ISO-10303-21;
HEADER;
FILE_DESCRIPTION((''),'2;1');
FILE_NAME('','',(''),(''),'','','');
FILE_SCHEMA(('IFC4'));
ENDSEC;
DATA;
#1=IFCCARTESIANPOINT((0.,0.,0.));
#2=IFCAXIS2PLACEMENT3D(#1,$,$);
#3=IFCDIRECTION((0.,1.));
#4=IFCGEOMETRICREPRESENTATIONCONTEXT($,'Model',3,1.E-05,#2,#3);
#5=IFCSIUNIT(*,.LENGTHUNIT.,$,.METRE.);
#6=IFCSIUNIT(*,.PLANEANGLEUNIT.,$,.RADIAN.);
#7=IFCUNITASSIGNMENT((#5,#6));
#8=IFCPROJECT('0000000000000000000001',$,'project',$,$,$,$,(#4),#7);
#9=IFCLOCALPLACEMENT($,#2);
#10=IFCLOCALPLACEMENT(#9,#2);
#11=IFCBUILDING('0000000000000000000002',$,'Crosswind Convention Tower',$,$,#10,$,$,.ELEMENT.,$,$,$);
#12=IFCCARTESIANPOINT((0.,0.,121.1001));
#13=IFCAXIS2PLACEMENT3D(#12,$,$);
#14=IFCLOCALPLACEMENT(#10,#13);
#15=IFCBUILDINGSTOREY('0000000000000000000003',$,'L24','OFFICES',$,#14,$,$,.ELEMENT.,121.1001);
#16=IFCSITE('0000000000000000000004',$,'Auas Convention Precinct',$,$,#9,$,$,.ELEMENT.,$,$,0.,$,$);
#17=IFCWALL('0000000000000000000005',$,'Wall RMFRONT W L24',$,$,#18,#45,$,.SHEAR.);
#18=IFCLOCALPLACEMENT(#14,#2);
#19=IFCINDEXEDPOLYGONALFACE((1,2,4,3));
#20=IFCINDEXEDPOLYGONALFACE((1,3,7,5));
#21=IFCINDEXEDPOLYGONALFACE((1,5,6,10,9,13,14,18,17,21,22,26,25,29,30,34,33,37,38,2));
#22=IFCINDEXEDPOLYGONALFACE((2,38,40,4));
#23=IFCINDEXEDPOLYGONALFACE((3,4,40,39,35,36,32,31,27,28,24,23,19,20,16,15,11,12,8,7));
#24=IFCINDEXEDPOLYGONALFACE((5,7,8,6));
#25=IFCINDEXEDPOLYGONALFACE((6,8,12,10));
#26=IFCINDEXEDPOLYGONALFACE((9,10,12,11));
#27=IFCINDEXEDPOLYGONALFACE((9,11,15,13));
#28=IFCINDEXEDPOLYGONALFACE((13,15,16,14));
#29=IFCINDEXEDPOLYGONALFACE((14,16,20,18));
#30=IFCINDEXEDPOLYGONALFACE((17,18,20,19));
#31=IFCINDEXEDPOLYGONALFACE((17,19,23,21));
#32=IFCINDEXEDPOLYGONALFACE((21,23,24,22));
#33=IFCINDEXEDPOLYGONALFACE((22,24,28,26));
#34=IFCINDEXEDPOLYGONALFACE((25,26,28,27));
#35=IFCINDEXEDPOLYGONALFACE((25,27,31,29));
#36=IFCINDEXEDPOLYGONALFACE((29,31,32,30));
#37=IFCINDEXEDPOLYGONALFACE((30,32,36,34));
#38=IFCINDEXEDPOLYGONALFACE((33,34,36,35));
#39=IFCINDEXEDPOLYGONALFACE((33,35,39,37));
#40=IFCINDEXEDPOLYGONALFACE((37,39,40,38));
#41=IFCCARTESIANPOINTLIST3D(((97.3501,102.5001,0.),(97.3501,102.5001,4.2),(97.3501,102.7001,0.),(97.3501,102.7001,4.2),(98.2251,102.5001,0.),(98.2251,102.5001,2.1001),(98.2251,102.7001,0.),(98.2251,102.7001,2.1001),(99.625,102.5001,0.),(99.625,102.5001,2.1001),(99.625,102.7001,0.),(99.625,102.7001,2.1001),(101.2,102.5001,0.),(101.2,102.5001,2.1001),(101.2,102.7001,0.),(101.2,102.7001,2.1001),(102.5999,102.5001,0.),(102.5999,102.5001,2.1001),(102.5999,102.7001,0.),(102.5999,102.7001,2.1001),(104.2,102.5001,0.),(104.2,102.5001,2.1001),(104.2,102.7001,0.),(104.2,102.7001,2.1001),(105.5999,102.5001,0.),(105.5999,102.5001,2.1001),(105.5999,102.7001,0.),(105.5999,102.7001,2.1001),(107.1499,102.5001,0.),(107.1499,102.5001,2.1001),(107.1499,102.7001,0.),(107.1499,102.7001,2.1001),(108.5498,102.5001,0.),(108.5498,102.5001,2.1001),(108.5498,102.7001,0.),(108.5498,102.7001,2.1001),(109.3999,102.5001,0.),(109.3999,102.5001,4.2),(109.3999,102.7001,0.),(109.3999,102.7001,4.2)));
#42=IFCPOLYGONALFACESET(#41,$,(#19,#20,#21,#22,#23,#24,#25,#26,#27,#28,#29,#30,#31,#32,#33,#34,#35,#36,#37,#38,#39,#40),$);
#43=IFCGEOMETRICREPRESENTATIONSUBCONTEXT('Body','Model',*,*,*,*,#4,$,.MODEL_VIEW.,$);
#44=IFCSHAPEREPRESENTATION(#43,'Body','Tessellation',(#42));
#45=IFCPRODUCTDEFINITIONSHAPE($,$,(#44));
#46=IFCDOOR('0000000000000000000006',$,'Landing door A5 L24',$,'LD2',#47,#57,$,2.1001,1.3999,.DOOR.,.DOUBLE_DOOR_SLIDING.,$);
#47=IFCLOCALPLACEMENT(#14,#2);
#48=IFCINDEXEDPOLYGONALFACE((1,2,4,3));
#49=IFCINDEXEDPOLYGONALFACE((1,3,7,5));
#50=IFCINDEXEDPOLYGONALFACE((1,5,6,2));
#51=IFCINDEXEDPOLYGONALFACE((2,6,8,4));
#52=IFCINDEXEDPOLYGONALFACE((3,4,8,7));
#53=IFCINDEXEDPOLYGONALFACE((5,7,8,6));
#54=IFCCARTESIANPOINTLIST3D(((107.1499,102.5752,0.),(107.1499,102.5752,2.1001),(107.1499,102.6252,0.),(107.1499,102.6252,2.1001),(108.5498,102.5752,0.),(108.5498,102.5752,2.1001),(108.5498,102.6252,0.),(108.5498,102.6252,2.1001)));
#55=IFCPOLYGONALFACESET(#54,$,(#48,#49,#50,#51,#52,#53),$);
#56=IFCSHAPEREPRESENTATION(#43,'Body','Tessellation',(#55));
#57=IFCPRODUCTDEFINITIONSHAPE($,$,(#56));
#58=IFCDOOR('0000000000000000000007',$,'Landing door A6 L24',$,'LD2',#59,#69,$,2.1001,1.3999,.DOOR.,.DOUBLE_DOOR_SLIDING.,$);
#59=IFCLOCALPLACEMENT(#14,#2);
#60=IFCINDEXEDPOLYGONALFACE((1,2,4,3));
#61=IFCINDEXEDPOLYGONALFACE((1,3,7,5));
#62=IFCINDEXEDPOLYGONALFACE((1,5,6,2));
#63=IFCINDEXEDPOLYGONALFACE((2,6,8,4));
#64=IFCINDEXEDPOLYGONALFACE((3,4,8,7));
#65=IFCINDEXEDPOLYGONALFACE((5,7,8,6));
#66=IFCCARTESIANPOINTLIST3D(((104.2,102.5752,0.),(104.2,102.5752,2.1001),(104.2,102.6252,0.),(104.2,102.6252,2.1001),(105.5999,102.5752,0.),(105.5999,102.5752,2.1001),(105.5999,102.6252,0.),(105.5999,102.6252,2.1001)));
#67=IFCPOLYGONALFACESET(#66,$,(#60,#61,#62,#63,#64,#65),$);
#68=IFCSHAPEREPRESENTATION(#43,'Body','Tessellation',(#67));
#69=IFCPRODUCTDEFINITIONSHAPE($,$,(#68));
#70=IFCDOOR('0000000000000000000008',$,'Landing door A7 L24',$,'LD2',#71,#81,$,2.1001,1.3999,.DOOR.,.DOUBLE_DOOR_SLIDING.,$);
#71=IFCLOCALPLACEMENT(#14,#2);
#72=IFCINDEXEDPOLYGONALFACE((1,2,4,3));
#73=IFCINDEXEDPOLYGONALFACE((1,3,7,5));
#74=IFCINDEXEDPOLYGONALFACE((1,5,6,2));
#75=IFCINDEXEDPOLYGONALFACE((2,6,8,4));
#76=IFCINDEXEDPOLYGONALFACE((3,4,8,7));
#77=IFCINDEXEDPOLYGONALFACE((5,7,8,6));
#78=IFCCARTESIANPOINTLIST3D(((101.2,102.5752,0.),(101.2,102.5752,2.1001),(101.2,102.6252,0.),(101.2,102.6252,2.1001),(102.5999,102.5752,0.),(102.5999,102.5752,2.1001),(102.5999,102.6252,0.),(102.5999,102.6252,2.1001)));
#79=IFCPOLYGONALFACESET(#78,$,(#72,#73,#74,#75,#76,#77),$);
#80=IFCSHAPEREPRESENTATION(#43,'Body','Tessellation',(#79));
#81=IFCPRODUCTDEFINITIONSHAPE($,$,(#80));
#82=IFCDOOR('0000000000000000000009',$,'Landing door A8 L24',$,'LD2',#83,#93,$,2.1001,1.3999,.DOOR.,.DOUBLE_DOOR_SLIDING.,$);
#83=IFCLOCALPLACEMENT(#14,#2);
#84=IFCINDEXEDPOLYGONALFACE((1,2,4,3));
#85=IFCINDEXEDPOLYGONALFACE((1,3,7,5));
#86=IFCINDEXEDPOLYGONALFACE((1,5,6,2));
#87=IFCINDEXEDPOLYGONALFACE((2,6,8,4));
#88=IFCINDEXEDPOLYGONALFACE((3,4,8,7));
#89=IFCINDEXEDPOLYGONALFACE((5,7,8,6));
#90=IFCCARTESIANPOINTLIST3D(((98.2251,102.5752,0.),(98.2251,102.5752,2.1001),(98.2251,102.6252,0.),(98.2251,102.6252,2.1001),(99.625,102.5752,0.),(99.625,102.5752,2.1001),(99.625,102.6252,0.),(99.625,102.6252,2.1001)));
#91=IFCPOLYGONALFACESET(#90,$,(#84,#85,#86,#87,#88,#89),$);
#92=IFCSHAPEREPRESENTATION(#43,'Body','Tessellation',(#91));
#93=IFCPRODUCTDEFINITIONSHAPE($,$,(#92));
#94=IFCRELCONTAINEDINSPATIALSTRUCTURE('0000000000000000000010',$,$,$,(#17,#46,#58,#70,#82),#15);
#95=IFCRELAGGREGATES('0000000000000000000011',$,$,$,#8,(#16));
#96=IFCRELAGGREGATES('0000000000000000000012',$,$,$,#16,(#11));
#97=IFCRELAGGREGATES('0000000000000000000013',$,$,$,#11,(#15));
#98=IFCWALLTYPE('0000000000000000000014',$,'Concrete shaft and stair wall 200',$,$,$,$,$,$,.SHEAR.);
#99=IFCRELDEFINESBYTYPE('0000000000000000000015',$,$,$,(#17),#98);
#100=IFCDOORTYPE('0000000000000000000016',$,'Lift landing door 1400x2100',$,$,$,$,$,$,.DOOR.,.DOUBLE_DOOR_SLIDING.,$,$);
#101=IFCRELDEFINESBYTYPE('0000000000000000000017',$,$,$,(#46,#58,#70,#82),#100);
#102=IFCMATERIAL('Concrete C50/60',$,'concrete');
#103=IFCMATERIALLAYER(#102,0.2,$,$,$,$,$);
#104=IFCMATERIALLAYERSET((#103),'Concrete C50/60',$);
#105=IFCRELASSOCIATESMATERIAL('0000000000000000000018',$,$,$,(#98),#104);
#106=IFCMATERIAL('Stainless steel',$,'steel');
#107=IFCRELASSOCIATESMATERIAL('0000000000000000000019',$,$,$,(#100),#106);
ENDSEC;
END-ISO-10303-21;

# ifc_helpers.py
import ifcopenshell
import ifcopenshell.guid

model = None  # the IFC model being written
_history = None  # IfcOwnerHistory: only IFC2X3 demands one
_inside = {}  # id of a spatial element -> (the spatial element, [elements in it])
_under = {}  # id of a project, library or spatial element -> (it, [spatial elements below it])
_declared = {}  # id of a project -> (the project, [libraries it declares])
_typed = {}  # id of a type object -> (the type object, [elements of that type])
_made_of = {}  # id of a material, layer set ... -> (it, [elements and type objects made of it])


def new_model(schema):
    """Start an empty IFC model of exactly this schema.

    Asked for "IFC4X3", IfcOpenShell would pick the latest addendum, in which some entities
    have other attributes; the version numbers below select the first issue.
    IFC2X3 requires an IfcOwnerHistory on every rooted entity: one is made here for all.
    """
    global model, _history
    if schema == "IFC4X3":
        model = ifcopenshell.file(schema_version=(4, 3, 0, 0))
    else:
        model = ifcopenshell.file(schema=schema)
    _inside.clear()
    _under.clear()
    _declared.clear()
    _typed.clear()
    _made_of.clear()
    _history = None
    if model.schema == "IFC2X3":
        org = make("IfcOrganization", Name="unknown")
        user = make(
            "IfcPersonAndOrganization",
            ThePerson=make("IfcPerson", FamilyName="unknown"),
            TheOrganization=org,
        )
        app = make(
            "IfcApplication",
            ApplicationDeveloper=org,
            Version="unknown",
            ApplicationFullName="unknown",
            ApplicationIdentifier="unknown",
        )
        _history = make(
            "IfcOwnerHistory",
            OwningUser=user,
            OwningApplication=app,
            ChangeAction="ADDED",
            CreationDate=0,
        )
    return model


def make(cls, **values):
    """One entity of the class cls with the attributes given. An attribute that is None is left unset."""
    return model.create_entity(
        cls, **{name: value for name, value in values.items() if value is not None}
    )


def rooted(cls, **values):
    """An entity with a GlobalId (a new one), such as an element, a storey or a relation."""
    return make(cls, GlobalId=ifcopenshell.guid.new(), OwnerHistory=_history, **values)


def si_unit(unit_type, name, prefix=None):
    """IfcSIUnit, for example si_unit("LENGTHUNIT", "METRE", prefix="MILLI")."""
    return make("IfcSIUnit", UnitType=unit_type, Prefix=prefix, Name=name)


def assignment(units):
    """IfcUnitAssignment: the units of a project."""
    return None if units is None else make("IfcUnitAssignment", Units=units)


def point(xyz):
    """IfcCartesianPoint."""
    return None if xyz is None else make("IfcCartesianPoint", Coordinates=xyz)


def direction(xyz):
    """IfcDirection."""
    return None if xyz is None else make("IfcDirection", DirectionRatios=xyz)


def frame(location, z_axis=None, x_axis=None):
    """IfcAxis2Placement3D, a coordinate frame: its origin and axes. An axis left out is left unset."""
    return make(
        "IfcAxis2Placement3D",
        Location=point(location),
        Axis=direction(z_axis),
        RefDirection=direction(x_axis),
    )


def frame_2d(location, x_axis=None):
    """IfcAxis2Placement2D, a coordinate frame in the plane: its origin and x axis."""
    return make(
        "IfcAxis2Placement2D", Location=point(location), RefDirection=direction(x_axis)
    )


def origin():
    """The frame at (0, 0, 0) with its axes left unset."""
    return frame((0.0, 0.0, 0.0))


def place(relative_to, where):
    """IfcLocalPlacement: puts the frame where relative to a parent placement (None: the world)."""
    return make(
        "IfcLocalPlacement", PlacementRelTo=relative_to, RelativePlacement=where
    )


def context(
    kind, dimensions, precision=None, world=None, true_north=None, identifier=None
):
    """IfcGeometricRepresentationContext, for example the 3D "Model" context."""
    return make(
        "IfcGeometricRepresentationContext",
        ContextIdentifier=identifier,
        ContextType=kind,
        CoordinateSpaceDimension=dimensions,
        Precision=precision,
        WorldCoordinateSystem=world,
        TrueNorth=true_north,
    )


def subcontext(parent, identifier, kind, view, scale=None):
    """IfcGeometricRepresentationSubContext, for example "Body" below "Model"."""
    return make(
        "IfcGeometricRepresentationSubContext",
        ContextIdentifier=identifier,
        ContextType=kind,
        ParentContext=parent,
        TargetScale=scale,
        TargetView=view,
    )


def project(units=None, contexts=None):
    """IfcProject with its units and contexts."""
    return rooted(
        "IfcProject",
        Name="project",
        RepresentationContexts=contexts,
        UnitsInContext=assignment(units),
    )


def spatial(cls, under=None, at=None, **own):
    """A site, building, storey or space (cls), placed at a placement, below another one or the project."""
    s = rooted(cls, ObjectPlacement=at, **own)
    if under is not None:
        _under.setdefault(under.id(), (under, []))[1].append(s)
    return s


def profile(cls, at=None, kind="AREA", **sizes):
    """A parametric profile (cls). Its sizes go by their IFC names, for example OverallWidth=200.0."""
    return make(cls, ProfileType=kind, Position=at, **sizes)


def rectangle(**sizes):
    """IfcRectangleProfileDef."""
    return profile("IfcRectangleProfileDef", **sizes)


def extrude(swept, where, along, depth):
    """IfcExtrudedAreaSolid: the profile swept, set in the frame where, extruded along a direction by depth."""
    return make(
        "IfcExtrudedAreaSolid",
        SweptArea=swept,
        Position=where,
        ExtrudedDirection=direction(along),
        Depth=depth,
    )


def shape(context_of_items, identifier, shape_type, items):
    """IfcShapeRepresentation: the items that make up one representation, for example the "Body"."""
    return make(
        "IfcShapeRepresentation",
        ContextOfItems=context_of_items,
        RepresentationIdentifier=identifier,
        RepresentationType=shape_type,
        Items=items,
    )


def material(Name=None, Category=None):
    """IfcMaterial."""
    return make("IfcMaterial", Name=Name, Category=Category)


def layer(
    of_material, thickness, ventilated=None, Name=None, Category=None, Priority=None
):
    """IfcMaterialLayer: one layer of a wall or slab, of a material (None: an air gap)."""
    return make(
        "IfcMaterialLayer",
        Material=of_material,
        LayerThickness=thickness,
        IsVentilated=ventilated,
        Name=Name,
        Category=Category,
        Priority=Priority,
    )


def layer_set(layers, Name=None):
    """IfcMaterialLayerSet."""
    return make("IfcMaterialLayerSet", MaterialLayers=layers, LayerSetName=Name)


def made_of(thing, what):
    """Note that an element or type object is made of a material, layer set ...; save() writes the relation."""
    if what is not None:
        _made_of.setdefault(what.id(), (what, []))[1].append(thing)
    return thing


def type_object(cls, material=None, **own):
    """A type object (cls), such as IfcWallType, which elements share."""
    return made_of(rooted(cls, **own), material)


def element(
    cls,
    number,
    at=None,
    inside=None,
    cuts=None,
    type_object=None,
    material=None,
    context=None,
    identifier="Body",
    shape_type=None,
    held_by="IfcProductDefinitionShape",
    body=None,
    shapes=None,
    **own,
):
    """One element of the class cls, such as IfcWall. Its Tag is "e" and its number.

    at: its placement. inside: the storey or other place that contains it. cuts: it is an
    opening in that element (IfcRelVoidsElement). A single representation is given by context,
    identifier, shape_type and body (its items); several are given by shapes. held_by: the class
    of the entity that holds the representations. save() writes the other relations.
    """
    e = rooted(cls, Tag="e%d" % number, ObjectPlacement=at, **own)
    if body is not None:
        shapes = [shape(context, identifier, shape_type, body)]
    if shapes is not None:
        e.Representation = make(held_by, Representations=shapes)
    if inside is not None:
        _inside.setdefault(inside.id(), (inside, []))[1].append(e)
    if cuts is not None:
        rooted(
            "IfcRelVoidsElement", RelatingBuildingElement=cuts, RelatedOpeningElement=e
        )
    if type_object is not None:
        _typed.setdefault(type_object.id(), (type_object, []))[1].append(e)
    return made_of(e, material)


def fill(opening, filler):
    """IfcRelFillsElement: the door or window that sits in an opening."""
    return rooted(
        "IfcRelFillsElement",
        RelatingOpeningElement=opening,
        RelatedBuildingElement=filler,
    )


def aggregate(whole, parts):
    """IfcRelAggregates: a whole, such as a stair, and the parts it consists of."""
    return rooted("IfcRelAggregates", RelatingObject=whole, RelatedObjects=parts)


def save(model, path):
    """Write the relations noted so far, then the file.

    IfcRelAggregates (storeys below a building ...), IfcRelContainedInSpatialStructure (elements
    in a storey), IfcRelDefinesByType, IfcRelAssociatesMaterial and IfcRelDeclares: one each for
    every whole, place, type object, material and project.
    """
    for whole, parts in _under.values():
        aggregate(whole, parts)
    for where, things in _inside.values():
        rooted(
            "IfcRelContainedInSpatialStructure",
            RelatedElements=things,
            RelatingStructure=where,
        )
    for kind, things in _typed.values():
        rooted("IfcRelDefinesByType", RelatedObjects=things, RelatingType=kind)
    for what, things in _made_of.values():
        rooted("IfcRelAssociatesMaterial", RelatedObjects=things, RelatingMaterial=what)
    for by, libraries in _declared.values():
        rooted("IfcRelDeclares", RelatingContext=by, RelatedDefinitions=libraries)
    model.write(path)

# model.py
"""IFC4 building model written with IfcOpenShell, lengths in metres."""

from ifc_helpers import new_model, si_unit, direction, frame, frame_2d, origin, place, context, subcontext, project, spatial, rectangle, extrude, material, layer, layer_set, type_object, element, fill, save


model = new_model("IFC4")

# Units and contexts
model_context = context("Model", 3, precision=1e-05, world=origin(), true_north=direction((0.0, 1.0)))
body_context = subcontext(model_context, "Body", "Model", "MODEL_VIEW")
ifc_project = project(units=[si_unit("LENGTHUNIT", "METRE"), si_unit("PLANEANGLEUNIT", "RADIAN")], contexts=[model_context])

# Site, building, storey
site_placement = place(None, origin())
site = spatial("IfcSite", under=ifc_project, at=site_placement, Name="Auas Convention Precinct", CompositionType="ELEMENT", RefElevation=0.0)
building_placement = place(site_placement, origin())
building = spatial("IfcBuilding", under=site, at=building_placement, Name="Crosswind Convention Tower", CompositionType="ELEMENT")
storey_placement = place(building_placement, frame((0.0, 0.0, 121.1001)))
storey = spatial("IfcBuildingStorey", under=building, at=storey_placement, Name="L24", Description="OFFICES", CompositionType="ELEMENT", Elevation=121.1001)

# Shared definitions
ifc_material_1 = material(Name="Concrete C50/60", Category="concrete")
ifc_layer_1 = layer(ifc_material_1, 0.2)
ifc_layer_set_1 = layer_set([ifc_layer_1], Name="Concrete C50/60")
wall_type_1 = type_object("IfcWallType", Name="Concrete shaft and stair wall 200", PredefinedType="SHEAR", material=ifc_layer_set_1)

# Wall, openings, doors
wall_1_placement = place(storey_placement, frame((109.3999, 102.6001, 0.0), z_axis=(0.0, 0.0, 1.0), x_axis=(-1.0, 0.0, 0.0)))
wall_1 = element("IfcWall", 1, at=wall_1_placement, inside=storey, type_object=wall_type_1, Name="Wall RMFRONT W L24", PredefinedType="SHEAR", context=body_context, shape_type="SweptSolid", body=[
    extrude(rectangle(XDim=12.0498, YDim=0.2, at=frame_2d((6.0249, 0.0))), origin(), (0.0, 0.0, 1.0), 4.2),
])
opening_1_placement = place(wall_1_placement, frame((0.8501, 0.0, 0.0)))
opening_1 = element("IfcOpeningElement", 2, at=opening_1_placement, cuts=wall_1, PredefinedType="OPENING", context=body_context, shape_type="SweptSolid", body=[
    extrude(rectangle(XDim=1.3999, YDim=2.1001, at=frame_2d((0.7, 1.05))), frame((0.0, 0.1099, 0.0), z_axis=(0.0, -1.0, 0.0), x_axis=(1.0, 0.0, 0.0)), (0.0, 0.0, 1.0), 0.22),
])
opening_2_placement = place(wall_1_placement, frame((3.8, 0.0, 0.0)))
opening_2 = element("IfcOpeningElement", 3, at=opening_2_placement, cuts=wall_1, PredefinedType="OPENING", context=body_context, shape_type="SweptSolid", body=[
    extrude(rectangle(XDim=1.3999, YDim=2.1001, at=frame_2d((0.7, 1.05))), frame((0.0, 0.1099, 0.0), z_axis=(0.0, -1.0, 0.0), x_axis=(1.0, 0.0, 0.0)), (0.0, 0.0, 1.0), 0.22),
])
opening_3_placement = place(wall_1_placement, frame((6.8, 0.0, 0.0)))
opening_3 = element("IfcOpeningElement", 4, at=opening_3_placement, cuts=wall_1, PredefinedType="OPENING", context=body_context, shape_type="SweptSolid", body=[
    extrude(rectangle(XDim=1.3999, YDim=2.1001, at=frame_2d((0.7, 1.05))), frame((0.0, 0.1099, 0.0), z_axis=(0.0, -1.0, 0.0), x_axis=(1.0, 0.0, 0.0)), (0.0, 0.0, 1.0), 0.22),
])
opening_4_placement = place(wall_1_placement, frame((9.7749, 0.0, 0.0)))
opening_4 = element("IfcOpeningElement", 5, at=opening_4_placement, cuts=wall_1, PredefinedType="OPENING", context=body_context, shape_type="SweptSolid", body=[
    extrude(rectangle(XDim=1.3999, YDim=2.1001, at=frame_2d((0.7, 1.05))), frame((0.0, 0.1099, 0.0), z_axis=(0.0, -1.0, 0.0), x_axis=(1.0, 0.0, 0.0)), (0.0, 0.0, 1.0), 0.22),
])
ifc_material_2 = material(Name="Stainless steel", Category="steel")
door_type_1 = type_object("IfcDoorType", Name="Lift landing door 1400x2100", OperationType="DOUBLE_DOOR_SLIDING", PredefinedType="DOOR", material=ifc_material_2)
door_1_placement = place(opening_1_placement, origin())
door_1 = element("IfcDoor", 6, at=door_1_placement, inside=storey, type_object=door_type_1, Name="Landing door A5 L24", ObjectType="LD2", OperationType="DOUBLE_DOOR_SLIDING", OverallHeight=2.1001, OverallWidth=1.3999, PredefinedType="DOOR", context=body_context, shape_type="SweptSolid", body=[
    extrude(rectangle(XDim=1.3999, YDim=2.1001, at=frame_2d((0.7, 1.05))), frame((0.0, 0.0249, 0.0), z_axis=(0.0, -1.0, 0.0), x_axis=(1.0, 0.0, 0.0)), (0.0, 0.0, 1.0), 0.05),
])
fill(opening_1, door_1)
door_2_placement = place(opening_2_placement, origin())
door_2 = element("IfcDoor", 7, at=door_2_placement, inside=storey, type_object=door_type_1, Name="Landing door A6 L24", ObjectType="LD2", OperationType="DOUBLE_DOOR_SLIDING", OverallHeight=2.1001, OverallWidth=1.3999, PredefinedType="DOOR", context=body_context, shape_type="SweptSolid", body=[
    extrude(rectangle(XDim=1.3999, YDim=2.1001, at=frame_2d((0.7, 1.05))), frame((0.0, 0.0249, 0.0), z_axis=(0.0, -1.0, 0.0), x_axis=(1.0, 0.0, 0.0)), (0.0, 0.0, 1.0), 0.05),
])
fill(opening_2, door_2)
door_3_placement = place(opening_3_placement, origin())
door_3 = element("IfcDoor", 8, at=door_3_placement, inside=storey, type_object=door_type_1, Name="Landing door A7 L24", ObjectType="LD2", OperationType="DOUBLE_DOOR_SLIDING", OverallHeight=2.1001, OverallWidth=1.3999, PredefinedType="DOOR", context=body_context, shape_type="SweptSolid", body=[
    extrude(rectangle(XDim=1.3999, YDim=2.1001, at=frame_2d((0.7, 1.05))), frame((0.0, 0.0249, 0.0), z_axis=(0.0, -1.0, 0.0), x_axis=(1.0, 0.0, 0.0)), (0.0, 0.0, 1.0), 0.05),
])
fill(opening_3, door_3)
door_4_placement = place(opening_4_placement, origin())
door_4 = element("IfcDoor", 9, at=door_4_placement, inside=storey, type_object=door_type_1, Name="Landing door A8 L24", ObjectType="LD2", OperationType="DOUBLE_DOOR_SLIDING", OverallHeight=2.1001, OverallWidth=1.3999, PredefinedType="DOOR", context=body_context, shape_type="SweptSolid", body=[
    extrude(rectangle(XDim=1.3999, YDim=2.1001, at=frame_2d((0.7, 1.05))), frame((0.0, 0.0249, 0.0), z_axis=(0.0, -1.0, 0.0), x_axis=(1.0, 0.0, 0.0)), (0.0, 0.0, 1.0), 0.05),
])
fill(opening_4, door_4)

save(model, "model.ifc")
